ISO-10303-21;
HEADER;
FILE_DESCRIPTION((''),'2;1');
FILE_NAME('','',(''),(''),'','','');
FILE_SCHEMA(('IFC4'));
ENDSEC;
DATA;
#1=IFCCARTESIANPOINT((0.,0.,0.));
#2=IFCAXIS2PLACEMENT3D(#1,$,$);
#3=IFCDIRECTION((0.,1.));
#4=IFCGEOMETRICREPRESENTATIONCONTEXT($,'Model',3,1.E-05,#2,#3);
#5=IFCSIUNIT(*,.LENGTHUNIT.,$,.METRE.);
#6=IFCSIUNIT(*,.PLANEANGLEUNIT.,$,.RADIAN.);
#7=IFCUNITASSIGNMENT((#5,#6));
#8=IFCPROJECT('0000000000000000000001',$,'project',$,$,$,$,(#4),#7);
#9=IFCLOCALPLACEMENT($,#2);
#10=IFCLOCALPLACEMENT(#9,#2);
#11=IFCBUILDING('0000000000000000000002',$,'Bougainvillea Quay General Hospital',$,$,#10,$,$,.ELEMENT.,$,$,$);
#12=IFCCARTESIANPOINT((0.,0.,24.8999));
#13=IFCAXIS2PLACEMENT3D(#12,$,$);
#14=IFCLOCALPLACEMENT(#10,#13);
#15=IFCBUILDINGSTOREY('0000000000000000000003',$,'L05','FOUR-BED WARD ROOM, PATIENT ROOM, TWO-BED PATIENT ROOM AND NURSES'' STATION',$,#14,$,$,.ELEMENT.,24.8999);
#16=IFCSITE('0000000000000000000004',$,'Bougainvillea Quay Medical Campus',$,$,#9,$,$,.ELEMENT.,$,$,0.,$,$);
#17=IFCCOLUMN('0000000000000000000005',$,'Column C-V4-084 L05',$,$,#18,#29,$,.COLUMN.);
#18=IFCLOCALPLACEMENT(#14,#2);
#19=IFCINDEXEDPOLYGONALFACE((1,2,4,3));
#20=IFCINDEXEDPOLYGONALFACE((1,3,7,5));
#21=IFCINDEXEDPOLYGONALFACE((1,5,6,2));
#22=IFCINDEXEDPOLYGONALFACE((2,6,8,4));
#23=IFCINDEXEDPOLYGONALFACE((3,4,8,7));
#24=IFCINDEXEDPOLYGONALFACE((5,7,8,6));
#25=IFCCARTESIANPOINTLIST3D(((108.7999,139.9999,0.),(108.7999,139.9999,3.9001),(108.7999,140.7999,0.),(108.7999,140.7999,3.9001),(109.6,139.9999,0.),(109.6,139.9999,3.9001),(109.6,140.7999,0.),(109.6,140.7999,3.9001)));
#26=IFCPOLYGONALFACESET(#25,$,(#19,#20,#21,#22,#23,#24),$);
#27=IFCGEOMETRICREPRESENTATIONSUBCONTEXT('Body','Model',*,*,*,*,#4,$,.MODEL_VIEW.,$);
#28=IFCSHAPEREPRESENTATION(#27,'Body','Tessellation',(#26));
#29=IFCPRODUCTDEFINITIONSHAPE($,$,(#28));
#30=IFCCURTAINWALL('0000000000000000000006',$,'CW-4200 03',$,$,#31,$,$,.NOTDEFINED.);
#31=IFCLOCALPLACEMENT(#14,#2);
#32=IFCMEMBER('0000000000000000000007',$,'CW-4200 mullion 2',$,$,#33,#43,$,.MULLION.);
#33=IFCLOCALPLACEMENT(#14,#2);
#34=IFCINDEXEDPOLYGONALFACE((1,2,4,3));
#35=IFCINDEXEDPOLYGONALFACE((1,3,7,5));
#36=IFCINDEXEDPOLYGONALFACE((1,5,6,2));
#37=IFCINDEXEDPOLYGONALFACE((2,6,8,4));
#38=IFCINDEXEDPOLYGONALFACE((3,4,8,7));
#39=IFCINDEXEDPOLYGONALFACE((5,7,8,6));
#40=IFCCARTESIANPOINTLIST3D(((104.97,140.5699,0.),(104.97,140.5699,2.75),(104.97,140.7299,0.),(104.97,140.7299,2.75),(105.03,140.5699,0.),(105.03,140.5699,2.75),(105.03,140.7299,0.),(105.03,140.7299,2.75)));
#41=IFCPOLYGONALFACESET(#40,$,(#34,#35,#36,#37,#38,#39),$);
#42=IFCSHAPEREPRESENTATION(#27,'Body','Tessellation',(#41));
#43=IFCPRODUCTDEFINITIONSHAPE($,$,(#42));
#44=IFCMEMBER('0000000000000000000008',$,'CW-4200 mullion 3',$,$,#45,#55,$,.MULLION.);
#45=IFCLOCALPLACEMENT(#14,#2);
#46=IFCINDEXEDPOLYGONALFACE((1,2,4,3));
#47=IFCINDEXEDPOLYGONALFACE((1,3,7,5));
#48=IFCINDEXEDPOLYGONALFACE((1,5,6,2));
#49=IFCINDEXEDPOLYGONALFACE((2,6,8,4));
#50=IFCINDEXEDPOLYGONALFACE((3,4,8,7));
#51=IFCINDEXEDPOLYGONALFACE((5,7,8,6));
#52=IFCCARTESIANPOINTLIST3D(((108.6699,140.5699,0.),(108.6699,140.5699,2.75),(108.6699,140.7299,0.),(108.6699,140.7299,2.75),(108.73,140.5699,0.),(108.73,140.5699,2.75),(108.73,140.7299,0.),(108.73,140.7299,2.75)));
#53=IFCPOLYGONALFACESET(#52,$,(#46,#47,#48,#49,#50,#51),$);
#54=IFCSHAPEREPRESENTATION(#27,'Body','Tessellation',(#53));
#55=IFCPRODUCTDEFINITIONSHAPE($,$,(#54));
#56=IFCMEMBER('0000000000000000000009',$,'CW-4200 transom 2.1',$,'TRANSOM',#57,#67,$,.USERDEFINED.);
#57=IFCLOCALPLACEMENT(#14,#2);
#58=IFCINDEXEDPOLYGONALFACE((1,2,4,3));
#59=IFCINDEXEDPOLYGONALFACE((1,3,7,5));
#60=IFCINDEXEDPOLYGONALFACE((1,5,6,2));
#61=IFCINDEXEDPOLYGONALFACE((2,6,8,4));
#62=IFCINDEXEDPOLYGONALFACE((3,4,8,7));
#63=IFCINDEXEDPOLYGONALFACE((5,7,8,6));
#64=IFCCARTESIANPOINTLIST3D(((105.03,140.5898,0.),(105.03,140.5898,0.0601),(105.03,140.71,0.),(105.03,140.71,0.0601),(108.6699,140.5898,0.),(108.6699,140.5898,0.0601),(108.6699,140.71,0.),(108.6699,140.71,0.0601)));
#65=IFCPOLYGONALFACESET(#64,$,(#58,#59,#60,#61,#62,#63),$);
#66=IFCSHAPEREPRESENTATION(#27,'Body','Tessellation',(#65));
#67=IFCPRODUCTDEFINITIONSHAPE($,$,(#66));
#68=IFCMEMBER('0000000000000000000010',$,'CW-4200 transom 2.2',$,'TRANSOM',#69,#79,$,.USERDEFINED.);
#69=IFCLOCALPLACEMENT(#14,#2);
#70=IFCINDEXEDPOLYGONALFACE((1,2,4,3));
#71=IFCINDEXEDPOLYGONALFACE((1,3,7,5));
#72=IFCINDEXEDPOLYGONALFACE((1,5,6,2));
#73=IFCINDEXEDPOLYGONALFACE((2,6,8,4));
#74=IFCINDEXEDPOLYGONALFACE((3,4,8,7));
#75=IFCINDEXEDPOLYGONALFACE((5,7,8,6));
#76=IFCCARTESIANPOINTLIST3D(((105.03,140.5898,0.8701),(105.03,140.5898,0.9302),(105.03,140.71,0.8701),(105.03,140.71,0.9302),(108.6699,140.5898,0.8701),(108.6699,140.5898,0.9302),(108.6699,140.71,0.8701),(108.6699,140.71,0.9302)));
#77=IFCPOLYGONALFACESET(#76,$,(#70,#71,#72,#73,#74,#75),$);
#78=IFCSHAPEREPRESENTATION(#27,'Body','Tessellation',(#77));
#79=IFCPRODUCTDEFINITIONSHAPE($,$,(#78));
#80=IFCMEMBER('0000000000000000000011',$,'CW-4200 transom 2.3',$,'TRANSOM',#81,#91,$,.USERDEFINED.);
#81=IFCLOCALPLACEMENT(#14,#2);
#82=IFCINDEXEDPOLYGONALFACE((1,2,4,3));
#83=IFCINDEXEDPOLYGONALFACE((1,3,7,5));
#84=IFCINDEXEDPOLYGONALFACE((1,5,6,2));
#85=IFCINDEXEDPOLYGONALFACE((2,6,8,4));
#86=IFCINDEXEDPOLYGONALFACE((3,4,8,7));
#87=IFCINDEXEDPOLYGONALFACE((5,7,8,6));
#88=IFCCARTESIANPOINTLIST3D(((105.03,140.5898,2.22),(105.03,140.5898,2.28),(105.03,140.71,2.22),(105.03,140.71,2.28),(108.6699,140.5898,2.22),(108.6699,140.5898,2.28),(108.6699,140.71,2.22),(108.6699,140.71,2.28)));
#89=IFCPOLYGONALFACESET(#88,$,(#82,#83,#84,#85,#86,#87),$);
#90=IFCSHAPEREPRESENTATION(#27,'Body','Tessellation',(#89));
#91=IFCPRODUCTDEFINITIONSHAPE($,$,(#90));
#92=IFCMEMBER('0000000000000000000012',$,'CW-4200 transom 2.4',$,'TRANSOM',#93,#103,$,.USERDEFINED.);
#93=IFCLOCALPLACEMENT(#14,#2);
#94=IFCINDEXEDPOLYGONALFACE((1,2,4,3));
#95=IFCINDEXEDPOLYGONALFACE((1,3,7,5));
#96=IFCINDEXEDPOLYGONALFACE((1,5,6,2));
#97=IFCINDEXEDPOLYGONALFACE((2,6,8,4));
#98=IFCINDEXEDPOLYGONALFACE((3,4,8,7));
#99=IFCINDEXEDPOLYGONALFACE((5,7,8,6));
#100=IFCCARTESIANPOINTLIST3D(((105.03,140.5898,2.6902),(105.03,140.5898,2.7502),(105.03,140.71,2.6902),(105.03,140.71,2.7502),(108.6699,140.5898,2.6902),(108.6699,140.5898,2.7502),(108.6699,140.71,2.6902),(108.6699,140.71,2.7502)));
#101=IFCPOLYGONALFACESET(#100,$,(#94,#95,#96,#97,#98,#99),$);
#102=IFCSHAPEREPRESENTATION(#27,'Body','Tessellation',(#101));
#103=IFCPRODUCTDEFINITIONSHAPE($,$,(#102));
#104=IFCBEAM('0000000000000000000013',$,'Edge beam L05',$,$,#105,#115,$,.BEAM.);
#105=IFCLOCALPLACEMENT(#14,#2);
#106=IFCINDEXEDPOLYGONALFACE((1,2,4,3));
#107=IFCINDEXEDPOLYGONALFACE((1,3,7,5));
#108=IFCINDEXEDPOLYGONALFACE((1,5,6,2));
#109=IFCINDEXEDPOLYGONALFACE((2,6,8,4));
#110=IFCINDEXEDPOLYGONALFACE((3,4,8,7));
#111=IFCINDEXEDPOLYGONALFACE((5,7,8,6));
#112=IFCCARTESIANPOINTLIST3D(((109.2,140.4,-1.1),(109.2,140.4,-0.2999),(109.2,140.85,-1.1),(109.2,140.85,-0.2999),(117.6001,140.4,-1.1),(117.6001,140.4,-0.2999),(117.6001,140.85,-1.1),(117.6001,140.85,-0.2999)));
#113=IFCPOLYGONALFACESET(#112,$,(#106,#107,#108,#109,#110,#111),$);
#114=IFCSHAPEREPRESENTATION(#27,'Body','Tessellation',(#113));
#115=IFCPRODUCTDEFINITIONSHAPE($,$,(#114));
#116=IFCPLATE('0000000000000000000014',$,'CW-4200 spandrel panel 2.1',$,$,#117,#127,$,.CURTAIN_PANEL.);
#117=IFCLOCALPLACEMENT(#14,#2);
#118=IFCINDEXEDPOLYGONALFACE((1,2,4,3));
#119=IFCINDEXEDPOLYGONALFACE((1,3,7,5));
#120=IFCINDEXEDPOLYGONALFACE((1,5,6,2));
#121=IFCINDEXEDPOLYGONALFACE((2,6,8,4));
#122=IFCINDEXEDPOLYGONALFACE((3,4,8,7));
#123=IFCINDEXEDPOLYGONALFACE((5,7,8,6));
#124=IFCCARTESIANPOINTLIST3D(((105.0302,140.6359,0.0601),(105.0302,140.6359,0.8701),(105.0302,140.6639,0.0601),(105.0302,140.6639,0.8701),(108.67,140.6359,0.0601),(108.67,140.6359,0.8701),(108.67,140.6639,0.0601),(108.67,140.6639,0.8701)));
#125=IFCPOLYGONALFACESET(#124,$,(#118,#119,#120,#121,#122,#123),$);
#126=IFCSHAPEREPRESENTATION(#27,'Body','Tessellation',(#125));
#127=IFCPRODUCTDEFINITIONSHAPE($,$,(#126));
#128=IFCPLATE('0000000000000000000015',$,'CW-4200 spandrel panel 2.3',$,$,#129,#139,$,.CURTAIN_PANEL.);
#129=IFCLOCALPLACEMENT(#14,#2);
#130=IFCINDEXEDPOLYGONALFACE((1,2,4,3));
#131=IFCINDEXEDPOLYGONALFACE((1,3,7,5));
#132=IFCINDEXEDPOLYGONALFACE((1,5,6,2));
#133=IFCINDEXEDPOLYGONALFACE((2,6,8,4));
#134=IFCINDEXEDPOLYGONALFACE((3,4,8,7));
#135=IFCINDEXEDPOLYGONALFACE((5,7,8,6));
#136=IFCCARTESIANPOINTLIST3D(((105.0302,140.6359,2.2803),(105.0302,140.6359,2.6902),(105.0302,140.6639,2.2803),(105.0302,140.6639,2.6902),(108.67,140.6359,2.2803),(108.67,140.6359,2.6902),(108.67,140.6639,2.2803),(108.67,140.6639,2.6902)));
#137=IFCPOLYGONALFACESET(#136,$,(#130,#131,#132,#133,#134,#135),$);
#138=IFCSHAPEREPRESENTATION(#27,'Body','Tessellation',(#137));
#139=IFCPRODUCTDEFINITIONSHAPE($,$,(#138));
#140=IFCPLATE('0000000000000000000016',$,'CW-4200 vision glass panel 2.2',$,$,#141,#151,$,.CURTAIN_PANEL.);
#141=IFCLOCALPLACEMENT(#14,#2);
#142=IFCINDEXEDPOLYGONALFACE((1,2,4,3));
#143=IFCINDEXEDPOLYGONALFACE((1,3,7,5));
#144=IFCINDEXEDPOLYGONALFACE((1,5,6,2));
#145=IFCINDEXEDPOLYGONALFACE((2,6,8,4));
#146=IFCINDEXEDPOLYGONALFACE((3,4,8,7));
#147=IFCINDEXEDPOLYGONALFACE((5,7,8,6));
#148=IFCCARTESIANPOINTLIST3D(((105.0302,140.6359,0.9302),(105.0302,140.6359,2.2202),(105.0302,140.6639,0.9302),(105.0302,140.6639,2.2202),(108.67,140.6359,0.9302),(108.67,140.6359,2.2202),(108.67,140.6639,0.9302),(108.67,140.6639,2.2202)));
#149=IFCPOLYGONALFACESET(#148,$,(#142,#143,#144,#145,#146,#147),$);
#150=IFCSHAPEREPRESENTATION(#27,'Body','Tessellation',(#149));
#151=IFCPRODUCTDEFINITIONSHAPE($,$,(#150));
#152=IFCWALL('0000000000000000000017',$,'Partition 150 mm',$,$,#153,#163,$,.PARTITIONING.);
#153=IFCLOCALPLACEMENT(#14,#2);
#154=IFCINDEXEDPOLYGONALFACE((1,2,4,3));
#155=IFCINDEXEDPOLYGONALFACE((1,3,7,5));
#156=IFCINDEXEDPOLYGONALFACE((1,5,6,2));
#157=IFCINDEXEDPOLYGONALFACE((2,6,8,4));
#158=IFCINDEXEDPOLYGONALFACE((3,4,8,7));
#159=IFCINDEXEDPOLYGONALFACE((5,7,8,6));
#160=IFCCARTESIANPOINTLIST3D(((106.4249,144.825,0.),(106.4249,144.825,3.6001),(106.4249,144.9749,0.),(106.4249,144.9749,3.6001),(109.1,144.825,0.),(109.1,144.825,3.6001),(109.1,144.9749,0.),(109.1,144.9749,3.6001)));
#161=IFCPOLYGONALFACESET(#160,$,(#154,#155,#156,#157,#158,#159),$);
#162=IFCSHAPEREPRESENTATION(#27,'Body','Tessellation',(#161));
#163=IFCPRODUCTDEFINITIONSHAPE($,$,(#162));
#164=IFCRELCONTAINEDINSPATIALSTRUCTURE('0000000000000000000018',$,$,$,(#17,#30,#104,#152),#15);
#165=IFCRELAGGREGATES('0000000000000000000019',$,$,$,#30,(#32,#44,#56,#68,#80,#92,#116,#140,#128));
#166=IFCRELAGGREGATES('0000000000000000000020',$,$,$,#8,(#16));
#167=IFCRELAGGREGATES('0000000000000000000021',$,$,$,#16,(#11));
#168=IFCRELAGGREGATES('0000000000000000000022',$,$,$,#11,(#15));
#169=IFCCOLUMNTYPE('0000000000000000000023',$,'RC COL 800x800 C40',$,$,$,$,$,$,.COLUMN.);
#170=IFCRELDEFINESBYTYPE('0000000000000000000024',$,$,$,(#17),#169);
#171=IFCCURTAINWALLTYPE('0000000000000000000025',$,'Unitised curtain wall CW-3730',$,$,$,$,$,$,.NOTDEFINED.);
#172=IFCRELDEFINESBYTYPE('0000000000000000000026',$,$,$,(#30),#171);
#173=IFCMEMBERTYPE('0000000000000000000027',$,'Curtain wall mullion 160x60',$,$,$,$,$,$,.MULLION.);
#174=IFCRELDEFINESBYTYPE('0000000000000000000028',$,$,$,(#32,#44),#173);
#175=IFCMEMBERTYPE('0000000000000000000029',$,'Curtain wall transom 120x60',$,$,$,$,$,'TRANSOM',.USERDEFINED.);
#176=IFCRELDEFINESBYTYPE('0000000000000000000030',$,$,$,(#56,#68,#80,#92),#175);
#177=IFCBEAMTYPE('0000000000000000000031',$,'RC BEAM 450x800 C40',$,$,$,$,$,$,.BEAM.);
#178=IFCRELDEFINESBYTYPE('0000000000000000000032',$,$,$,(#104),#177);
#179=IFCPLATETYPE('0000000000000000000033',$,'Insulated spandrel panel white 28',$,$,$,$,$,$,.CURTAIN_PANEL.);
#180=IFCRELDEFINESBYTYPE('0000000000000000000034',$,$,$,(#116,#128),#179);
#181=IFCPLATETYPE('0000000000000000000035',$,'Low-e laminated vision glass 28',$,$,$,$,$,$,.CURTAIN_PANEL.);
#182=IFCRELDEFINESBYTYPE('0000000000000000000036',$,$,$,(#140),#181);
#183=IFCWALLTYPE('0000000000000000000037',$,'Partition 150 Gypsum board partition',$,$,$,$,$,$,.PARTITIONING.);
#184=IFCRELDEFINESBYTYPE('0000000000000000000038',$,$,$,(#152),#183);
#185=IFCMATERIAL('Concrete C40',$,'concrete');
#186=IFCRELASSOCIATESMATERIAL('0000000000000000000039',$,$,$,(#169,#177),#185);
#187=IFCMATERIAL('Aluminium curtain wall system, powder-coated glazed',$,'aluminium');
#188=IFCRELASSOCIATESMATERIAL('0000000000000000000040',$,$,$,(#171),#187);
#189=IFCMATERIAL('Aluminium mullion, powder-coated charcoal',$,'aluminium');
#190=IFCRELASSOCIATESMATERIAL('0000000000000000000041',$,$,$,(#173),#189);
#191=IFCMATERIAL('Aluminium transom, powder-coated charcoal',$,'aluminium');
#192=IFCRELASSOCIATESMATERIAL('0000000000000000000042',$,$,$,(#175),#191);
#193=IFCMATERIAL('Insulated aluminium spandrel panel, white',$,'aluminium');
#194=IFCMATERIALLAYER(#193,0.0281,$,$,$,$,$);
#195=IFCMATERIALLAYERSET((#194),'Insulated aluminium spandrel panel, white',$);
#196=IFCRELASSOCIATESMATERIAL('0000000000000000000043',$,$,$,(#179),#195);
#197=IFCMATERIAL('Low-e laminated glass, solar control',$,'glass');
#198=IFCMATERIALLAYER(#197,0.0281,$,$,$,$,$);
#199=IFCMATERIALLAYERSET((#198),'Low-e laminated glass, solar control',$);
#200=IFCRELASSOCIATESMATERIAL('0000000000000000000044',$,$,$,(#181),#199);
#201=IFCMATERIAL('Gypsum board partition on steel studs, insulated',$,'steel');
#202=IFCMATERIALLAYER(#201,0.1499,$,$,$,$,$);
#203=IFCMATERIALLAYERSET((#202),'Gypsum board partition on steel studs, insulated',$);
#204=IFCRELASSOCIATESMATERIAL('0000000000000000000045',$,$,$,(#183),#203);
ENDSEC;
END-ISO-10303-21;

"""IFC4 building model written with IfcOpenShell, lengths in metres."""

from ifc_helpers import new_model, si_unit, direction, frame, frame_2d, origin, origin_2d, place, context, subcontext, project, spatial, rectangle, extrude, material, layer, layer_set, material_profile, profile_set, type_object, element, aggregate, save


model = new_model("IFC4")

# Units and contexts
model_context = context("Model", 3, precision=1e-05, world=origin(), true_north=direction((0.0, 1.0)))
body_context = subcontext(model_context, "Body", "Model", "MODEL_VIEW")
ifc_project = project(units=[si_unit("LENGTHUNIT", "METRE"), si_unit("PLANEANGLEUNIT", "RADIAN")], contexts=[model_context])

# Site, building, storey
site_placement = place(None, origin())
site = spatial("IfcSite", under=ifc_project, at=site_placement, Name="Bougainvillea Quay Medical Campus", CompositionType="ELEMENT", RefElevation=0.0)
building_placement = place(site_placement, origin())
building = spatial("IfcBuilding", under=site, at=building_placement, Name="Bougainvillea Quay General Hospital", CompositionType="ELEMENT")
storey_placement = place(building_placement, frame((0.0, 0.0, 24.8999)))
storey = spatial("IfcBuildingStorey", under=building, at=storey_placement, Name="L05", Description="FOUR-BED WARD ROOM, PATIENT ROOM, TWO-BED PATIENT ROOM AND NURSES' STATION", CompositionType="ELEMENT", Elevation=24.8999)

# Column
ifc_material_1 = material(Name="Concrete C40", Category="concrete")
ifc_material_profile_1 = material_profile(ifc_material_1, rectangle(XDim=0.8, YDim=0.8, at=origin_2d()))
ifc_profile_set_1 = profile_set([ifc_material_profile_1], Name="Concrete C40")
column_type = type_object("IfcColumnType", Name="RC COL 800x800 C40", PredefinedType="COLUMN", material=ifc_profile_set_1)
column_placement = place(storey_placement, frame((109.2, 140.3999, 0.0), z_axis=(0.0, 0.0, 1.0), x_axis=(1.0, 0.0, 0.0)))
element("IfcColumn", 1, at=column_placement, inside=storey, type_object=column_type, Name="Column C-V4-084 L05", PredefinedType="COLUMN", context=body_context, shape_type="SweptSolid", body=[
    extrude(rectangle(XDim=0.8, YDim=0.8, at=origin_2d()), origin(), (0.0, 0.0, 1.0), 3.9001),
])

# Curtain wall, members
ifc_material_2 = material(Name="Aluminium curtain wall system, powder-coated glazed", Category="aluminium")
curtain_wall_type = type_object("IfcCurtainWallType", Name="Unitised curtain wall CW-3730", PredefinedType="NOTDEFINED", material=ifc_material_2)
curtain_wall_placement = place(storey_placement, origin())
curtain_wall = element("IfcCurtainWall", 2, at=curtain_wall_placement, inside=storey, type_object=curtain_wall_type, Name="CW-4200 03", PredefinedType="NOTDEFINED")
ifc_material_3 = material(Name="Aluminium mullion, powder-coated charcoal", Category="aluminium")
ifc_material_profile_2 = material_profile(ifc_material_3, rectangle(XDim=0.1599, YDim=0.0601, at=origin_2d()))
ifc_profile_set_2 = profile_set([ifc_material_profile_2], Name="Aluminium mullion, powder-coated charcoal")
member_type_1 = type_object("IfcMemberType", Name="Curtain wall mullion 160x60", PredefinedType="MULLION", material=ifc_profile_set_2)
member_1_placement = place(storey_placement, frame((105.0, 140.6499, 0.0), z_axis=(0.0, 0.0, 1.0), x_axis=(0.0, 1.0, 0.0)))
member_1 = element("IfcMember", 3, at=member_1_placement, type_object=member_type_1, Name="CW-4200 mullion 2", PredefinedType="MULLION", context=body_context, shape_type="SweptSolid", body=[
    extrude(rectangle(XDim=0.1599, YDim=0.0601, at=origin_2d()), origin(), (0.0, 0.0, 1.0), 2.75),
])
member_2_placement = place(storey_placement, frame((108.7, 140.6499, 0.0), z_axis=(0.0, 0.0, 1.0), x_axis=(0.0, 1.0, 0.0)))
member_2 = element("IfcMember", 4, at=member_2_placement, type_object=member_type_1, Name="CW-4200 mullion 3", PredefinedType="MULLION", context=body_context, shape_type="SweptSolid", body=[
    extrude(rectangle(XDim=0.1599, YDim=0.0601, at=origin_2d()), origin(), (0.0, 0.0, 1.0), 2.75),
])
ifc_material_4 = material(Name="Aluminium transom, powder-coated charcoal", Category="aluminium")
ifc_material_profile_3 = material_profile(ifc_material_4, rectangle(XDim=0.1201, YDim=0.0601, at=origin_2d()))
ifc_profile_set_3 = profile_set([ifc_material_profile_3], Name="Aluminium transom, powder-coated charcoal")
member_type_2 = type_object("IfcMemberType", Name="Curtain wall transom 120x60", ElementType="TRANSOM", PredefinedType="USERDEFINED", material=ifc_profile_set_3)
member_3_placement = place(storey_placement, frame((105.03, 140.6499, 0.03), z_axis=(1.0, 0.0, 0.0), x_axis=(0.0, 1.0, 0.0)))
member_3 = element("IfcMember", 5, at=member_3_placement, type_object=member_type_2, Name="CW-4200 transom 2.1", ObjectType="TRANSOM", PredefinedType="USERDEFINED", context=body_context, shape_type="SweptSolid", body=[
    extrude(rectangle(XDim=0.1201, YDim=0.0601, at=origin_2d()), origin(), (0.0, 0.0, 1.0), 3.6399),
])
member_4_placement = place(storey_placement, frame((105.03, 140.6499, 0.9001), z_axis=(1.0, 0.0, 0.0), x_axis=(0.0, 1.0, 0.0)))
member_4 = element("IfcMember", 6, at=member_4_placement, type_object=member_type_2, Name="CW-4200 transom 2.2", ObjectType="TRANSOM", PredefinedType="USERDEFINED", context=body_context, shape_type="SweptSolid", body=[
    extrude(rectangle(XDim=0.1201, YDim=0.0601, at=origin_2d()), origin(), (0.0, 0.0, 1.0), 3.6399),
])
member_5_placement = place(storey_placement, frame((105.03, 140.6499, 2.25), z_axis=(1.0, 0.0, 0.0), x_axis=(0.0, 1.0, 0.0)))
member_5 = element("IfcMember", 7, at=member_5_placement, type_object=member_type_2, Name="CW-4200 transom 2.3", ObjectType="TRANSOM", PredefinedType="USERDEFINED", context=body_context, shape_type="SweptSolid", body=[
    extrude(rectangle(XDim=0.1201, YDim=0.0601, at=origin_2d()), origin(), (0.0, 0.0, 1.0), 3.6399),
])
member_6_placement = place(storey_placement, frame((105.03, 140.6499, 2.7202), z_axis=(1.0, 0.0, 0.0), x_axis=(0.0, 1.0, 0.0)))
member_6 = element("IfcMember", 8, at=member_6_placement, type_object=member_type_2, Name="CW-4200 transom 2.4", ObjectType="TRANSOM", PredefinedType="USERDEFINED", context=body_context, shape_type="SweptSolid", body=[
    extrude(rectangle(XDim=0.1201, YDim=0.0601, at=origin_2d()), origin(), (0.0, 0.0, 1.0), 3.6399),
])

# Beam
ifc_material_profile_4 = material_profile(ifc_material_1, rectangle(XDim=0.45, YDim=0.8, at=origin_2d()))
ifc_profile_set_4 = profile_set([ifc_material_profile_4], Name="Concrete C40")
beam_type = type_object("IfcBeamType", Name="RC BEAM 450x800 C40", PredefinedType="BEAM", material=ifc_profile_set_4)
beam_placement = place(storey_placement, frame((109.2, 140.625, -0.7), z_axis=(1.0, 0.0, 0.0), x_axis=(0.0, 1.0, 0.0)))
element("IfcBeam", 9, at=beam_placement, inside=storey, type_object=beam_type, Name="Edge beam L05", PredefinedType="BEAM", context=body_context, shape_type="SweptSolid", body=[
    extrude(rectangle(XDim=0.45, YDim=0.8, at=origin_2d()), origin(), (0.0, 0.0, 1.0), 8.4001),
])

# Plates
ifc_material_5 = material(Name="Insulated aluminium spandrel panel, white", Category="aluminium")
ifc_layer_1 = layer(ifc_material_5, 0.0281)
ifc_layer_set_1 = layer_set([ifc_layer_1], Name="Insulated aluminium spandrel panel, white")
plate_type_1 = type_object("IfcPlateType", Name="Insulated spandrel panel white 28", PredefinedType="CURTAIN_PANEL", material=ifc_layer_set_1)
plate_1_placement = place(storey_placement, frame((106.8501, 140.6499, 0.0601), z_axis=(0.0, 0.0, 1.0), x_axis=(1.0, 0.0, 0.0)))
plate_1 = element("IfcPlate", 10, at=plate_1_placement, type_object=plate_type_1, Name="CW-4200 spandrel panel 2.1", PredefinedType="CURTAIN_PANEL", context=body_context, shape_type="SweptSolid", body=[
    extrude(rectangle(XDim=3.6399, YDim=0.0281, at=origin_2d()), origin(), (0.0, 0.0, 1.0), 0.8101),
])
plate_2_placement = place(storey_placement, frame((106.8501, 140.6499, 2.2803), z_axis=(0.0, 0.0, 1.0), x_axis=(1.0, 0.0, 0.0)))
plate_2 = element("IfcPlate", 11, at=plate_2_placement, type_object=plate_type_1, Name="CW-4200 spandrel panel 2.3", PredefinedType="CURTAIN_PANEL", context=body_context, shape_type="SweptSolid", body=[
    extrude(rectangle(XDim=3.6399, YDim=0.0281, at=origin_2d()), origin(), (0.0, 0.0, 1.0), 0.4099),
])
ifc_material_6 = material(Name="Low-e laminated glass, solar control", Category="glass")
ifc_layer_2 = layer(ifc_material_6, 0.0281)
ifc_layer_set_2 = layer_set([ifc_layer_2], Name="Low-e laminated glass, solar control")
plate_type_2 = type_object("IfcPlateType", Name="Low-e laminated vision glass 28", PredefinedType="CURTAIN_PANEL", material=ifc_layer_set_2)
plate_3_placement = place(storey_placement, frame((106.8501, 140.6499, 0.9302), z_axis=(0.0, 0.0, 1.0), x_axis=(1.0, 0.0, 0.0)))
plate_3 = element("IfcPlate", 12, at=plate_3_placement, type_object=plate_type_2, Name="CW-4200 vision glass panel 2.2", PredefinedType="CURTAIN_PANEL", context=body_context, shape_type="SweptSolid", body=[
    extrude(rectangle(XDim=3.6399, YDim=0.0281, at=origin_2d()), origin(), (0.0, 0.0, 1.0), 1.29),
])
aggregate(curtain_wall, [member_1, member_2, member_3, member_4, member_5, member_6, plate_1, plate_3, plate_2])

# Wall
ifc_material_7 = material(Name="Gypsum board partition on steel studs, insulated", Category="steel")
ifc_layer_3 = layer(ifc_material_7, 0.1499)
ifc_layer_set_3 = layer_set([ifc_layer_3], Name="Gypsum board partition on steel studs, insulated")
wall_type = type_object("IfcWallType", Name="Partition 150 Gypsum board partition", PredefinedType="PARTITIONING", material=ifc_layer_set_3)
wall_1_placement = place(storey_placement, frame((106.425, 144.8999, 0.0), z_axis=(0.0, 0.0, 1.0), x_axis=(1.0, 0.0, 0.0)))
element("IfcWall", 13, at=wall_1_placement, inside=storey, type_object=wall_type, Name="Partition 150 mm", PredefinedType="PARTITIONING", context=body_context, shape_type="SweptSolid", body=[
    extrude(rectangle(XDim=2.675, YDim=0.1499, at=frame_2d((1.3374, 0.0))), origin(), (0.0, 0.0, 1.0), 3.6001),
])

save(model, "model.ifc")
